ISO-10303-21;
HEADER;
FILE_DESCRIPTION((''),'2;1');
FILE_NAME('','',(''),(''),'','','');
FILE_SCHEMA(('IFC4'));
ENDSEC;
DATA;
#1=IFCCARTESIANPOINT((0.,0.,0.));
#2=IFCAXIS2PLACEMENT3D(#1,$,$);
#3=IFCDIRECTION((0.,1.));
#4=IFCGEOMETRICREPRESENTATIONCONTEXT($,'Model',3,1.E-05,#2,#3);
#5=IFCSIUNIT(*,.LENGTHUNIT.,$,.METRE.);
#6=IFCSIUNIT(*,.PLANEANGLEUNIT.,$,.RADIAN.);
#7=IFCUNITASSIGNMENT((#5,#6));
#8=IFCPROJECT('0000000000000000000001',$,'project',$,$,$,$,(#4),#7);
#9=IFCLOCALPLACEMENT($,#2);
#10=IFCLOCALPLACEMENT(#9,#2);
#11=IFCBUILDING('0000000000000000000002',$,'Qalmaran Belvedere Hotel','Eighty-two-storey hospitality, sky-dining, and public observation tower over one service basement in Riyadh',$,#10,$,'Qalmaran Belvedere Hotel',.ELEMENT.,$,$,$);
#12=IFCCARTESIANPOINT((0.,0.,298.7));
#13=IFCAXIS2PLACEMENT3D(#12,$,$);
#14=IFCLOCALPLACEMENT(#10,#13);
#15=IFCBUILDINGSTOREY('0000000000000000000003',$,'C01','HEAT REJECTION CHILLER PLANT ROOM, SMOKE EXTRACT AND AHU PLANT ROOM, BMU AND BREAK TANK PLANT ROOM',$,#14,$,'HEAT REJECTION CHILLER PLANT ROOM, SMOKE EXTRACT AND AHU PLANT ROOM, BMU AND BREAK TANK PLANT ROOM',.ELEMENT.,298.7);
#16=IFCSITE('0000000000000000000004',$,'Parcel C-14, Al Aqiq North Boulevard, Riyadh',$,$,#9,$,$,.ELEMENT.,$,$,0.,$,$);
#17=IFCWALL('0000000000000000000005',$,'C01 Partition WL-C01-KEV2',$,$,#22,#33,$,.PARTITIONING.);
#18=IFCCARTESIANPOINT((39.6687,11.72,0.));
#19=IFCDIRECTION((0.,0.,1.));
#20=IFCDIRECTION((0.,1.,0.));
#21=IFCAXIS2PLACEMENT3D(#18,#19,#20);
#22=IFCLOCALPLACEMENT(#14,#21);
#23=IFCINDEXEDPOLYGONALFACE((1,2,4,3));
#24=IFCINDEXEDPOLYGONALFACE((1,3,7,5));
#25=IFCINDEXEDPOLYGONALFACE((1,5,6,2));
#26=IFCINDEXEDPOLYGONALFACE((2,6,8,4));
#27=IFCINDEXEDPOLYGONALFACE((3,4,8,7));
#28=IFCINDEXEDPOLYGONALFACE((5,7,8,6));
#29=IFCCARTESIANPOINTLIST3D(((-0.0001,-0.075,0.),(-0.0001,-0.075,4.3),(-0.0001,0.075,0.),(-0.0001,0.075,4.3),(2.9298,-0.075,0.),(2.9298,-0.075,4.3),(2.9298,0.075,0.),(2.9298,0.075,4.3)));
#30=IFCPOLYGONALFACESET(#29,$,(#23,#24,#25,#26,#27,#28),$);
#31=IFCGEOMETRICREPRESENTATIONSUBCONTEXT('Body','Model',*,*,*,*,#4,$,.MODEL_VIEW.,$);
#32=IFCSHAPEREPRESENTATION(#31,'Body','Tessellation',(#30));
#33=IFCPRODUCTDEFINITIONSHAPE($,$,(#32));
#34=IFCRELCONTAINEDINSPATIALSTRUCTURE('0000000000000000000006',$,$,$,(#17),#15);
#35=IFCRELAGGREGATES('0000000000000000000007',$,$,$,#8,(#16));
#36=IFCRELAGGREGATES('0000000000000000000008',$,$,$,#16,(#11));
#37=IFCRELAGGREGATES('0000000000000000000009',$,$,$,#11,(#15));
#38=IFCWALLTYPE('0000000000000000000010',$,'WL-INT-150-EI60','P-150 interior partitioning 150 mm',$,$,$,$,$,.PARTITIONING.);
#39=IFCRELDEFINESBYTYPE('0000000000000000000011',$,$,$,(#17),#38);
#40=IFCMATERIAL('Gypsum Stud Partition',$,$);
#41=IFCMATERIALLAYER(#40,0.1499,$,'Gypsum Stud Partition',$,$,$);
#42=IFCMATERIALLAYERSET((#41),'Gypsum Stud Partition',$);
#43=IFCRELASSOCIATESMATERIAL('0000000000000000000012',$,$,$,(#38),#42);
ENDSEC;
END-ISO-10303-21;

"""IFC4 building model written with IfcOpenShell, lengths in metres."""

from ifc_helpers import new_model, si_unit, direction, frame, frame_2d, origin, place, context, subcontext, project, spatial, rectangle, extrude, material, layer, layer_set, type_object, element, save


model = new_model("IFC4")

# Units and contexts
model_context = context("Model", 3, precision=1e-05, world=origin(), true_north=direction((0.0, 1.0)))
body_context = subcontext(model_context, "Body", "Model", "MODEL_VIEW")
ifc_project = project(units=[si_unit("LENGTHUNIT", "METRE"), si_unit("PLANEANGLEUNIT", "RADIAN")], contexts=[model_context])

# Site, building, storey
site_placement = place(None, origin())
site = spatial("IfcSite", under=ifc_project, at=site_placement, Name="Parcel C-14, Al Aqiq North Boulevard, Riyadh", CompositionType="ELEMENT", RefElevation=0.0)
building_placement = place(site_placement, origin())
building = spatial("IfcBuilding", under=site, at=building_placement, Name="Qalmaran Belvedere Hotel", Description="Eighty-two-storey hospitality, sky-dining, and public observation tower over one service basement in Riyadh", LongName="Qalmaran Belvedere Hotel", CompositionType="ELEMENT")
storey_placement = place(building_placement, frame((0.0, 0.0, 298.7)))
storey = spatial("IfcBuildingStorey", under=building, at=storey_placement, Name="C01", Description="HEAT REJECTION CHILLER PLANT ROOM, SMOKE EXTRACT AND AHU PLANT ROOM, BMU AND BREAK TANK PLANT ROOM", LongName="HEAT REJECTION CHILLER PLANT ROOM, SMOKE EXTRACT AND AHU PLANT ROOM, BMU AND BREAK TANK PLANT ROOM", CompositionType="ELEMENT", Elevation=298.7)

# Wall
ifc_material_1 = material(Name="Gypsum Stud Partition")
ifc_layer_1 = layer(ifc_material_1, 0.1499, Name="Gypsum Stud Partition")
ifc_layer_set_1 = layer_set([ifc_layer_1], Name="Gypsum Stud Partition")
wall_type_1 = type_object("IfcWallType", Name="WL-INT-150-EI60", Description="P-150 interior partitioning 150 mm", PredefinedType="PARTITIONING", material=ifc_layer_set_1)
wall_1_placement = place(storey_placement, frame((39.6687, 11.72, 0.0), z_axis=(0.0, 0.0, 1.0), x_axis=(0.0, 1.0, 0.0)))
element("IfcWall", 1, at=wall_1_placement, inside=storey, type_object=wall_type_1, Name="C01 Partition WL-C01-KEV2", PredefinedType="PARTITIONING", context=body_context, shape_type="SweptSolid", body=[
    extrude(rectangle(XDim=2.9299, YDim=0.1499, at=frame_2d((1.4648, 0.0))), origin(), (0.0, 0.0, 1.0), 4.3),
])

save(model, "model.ifc")
